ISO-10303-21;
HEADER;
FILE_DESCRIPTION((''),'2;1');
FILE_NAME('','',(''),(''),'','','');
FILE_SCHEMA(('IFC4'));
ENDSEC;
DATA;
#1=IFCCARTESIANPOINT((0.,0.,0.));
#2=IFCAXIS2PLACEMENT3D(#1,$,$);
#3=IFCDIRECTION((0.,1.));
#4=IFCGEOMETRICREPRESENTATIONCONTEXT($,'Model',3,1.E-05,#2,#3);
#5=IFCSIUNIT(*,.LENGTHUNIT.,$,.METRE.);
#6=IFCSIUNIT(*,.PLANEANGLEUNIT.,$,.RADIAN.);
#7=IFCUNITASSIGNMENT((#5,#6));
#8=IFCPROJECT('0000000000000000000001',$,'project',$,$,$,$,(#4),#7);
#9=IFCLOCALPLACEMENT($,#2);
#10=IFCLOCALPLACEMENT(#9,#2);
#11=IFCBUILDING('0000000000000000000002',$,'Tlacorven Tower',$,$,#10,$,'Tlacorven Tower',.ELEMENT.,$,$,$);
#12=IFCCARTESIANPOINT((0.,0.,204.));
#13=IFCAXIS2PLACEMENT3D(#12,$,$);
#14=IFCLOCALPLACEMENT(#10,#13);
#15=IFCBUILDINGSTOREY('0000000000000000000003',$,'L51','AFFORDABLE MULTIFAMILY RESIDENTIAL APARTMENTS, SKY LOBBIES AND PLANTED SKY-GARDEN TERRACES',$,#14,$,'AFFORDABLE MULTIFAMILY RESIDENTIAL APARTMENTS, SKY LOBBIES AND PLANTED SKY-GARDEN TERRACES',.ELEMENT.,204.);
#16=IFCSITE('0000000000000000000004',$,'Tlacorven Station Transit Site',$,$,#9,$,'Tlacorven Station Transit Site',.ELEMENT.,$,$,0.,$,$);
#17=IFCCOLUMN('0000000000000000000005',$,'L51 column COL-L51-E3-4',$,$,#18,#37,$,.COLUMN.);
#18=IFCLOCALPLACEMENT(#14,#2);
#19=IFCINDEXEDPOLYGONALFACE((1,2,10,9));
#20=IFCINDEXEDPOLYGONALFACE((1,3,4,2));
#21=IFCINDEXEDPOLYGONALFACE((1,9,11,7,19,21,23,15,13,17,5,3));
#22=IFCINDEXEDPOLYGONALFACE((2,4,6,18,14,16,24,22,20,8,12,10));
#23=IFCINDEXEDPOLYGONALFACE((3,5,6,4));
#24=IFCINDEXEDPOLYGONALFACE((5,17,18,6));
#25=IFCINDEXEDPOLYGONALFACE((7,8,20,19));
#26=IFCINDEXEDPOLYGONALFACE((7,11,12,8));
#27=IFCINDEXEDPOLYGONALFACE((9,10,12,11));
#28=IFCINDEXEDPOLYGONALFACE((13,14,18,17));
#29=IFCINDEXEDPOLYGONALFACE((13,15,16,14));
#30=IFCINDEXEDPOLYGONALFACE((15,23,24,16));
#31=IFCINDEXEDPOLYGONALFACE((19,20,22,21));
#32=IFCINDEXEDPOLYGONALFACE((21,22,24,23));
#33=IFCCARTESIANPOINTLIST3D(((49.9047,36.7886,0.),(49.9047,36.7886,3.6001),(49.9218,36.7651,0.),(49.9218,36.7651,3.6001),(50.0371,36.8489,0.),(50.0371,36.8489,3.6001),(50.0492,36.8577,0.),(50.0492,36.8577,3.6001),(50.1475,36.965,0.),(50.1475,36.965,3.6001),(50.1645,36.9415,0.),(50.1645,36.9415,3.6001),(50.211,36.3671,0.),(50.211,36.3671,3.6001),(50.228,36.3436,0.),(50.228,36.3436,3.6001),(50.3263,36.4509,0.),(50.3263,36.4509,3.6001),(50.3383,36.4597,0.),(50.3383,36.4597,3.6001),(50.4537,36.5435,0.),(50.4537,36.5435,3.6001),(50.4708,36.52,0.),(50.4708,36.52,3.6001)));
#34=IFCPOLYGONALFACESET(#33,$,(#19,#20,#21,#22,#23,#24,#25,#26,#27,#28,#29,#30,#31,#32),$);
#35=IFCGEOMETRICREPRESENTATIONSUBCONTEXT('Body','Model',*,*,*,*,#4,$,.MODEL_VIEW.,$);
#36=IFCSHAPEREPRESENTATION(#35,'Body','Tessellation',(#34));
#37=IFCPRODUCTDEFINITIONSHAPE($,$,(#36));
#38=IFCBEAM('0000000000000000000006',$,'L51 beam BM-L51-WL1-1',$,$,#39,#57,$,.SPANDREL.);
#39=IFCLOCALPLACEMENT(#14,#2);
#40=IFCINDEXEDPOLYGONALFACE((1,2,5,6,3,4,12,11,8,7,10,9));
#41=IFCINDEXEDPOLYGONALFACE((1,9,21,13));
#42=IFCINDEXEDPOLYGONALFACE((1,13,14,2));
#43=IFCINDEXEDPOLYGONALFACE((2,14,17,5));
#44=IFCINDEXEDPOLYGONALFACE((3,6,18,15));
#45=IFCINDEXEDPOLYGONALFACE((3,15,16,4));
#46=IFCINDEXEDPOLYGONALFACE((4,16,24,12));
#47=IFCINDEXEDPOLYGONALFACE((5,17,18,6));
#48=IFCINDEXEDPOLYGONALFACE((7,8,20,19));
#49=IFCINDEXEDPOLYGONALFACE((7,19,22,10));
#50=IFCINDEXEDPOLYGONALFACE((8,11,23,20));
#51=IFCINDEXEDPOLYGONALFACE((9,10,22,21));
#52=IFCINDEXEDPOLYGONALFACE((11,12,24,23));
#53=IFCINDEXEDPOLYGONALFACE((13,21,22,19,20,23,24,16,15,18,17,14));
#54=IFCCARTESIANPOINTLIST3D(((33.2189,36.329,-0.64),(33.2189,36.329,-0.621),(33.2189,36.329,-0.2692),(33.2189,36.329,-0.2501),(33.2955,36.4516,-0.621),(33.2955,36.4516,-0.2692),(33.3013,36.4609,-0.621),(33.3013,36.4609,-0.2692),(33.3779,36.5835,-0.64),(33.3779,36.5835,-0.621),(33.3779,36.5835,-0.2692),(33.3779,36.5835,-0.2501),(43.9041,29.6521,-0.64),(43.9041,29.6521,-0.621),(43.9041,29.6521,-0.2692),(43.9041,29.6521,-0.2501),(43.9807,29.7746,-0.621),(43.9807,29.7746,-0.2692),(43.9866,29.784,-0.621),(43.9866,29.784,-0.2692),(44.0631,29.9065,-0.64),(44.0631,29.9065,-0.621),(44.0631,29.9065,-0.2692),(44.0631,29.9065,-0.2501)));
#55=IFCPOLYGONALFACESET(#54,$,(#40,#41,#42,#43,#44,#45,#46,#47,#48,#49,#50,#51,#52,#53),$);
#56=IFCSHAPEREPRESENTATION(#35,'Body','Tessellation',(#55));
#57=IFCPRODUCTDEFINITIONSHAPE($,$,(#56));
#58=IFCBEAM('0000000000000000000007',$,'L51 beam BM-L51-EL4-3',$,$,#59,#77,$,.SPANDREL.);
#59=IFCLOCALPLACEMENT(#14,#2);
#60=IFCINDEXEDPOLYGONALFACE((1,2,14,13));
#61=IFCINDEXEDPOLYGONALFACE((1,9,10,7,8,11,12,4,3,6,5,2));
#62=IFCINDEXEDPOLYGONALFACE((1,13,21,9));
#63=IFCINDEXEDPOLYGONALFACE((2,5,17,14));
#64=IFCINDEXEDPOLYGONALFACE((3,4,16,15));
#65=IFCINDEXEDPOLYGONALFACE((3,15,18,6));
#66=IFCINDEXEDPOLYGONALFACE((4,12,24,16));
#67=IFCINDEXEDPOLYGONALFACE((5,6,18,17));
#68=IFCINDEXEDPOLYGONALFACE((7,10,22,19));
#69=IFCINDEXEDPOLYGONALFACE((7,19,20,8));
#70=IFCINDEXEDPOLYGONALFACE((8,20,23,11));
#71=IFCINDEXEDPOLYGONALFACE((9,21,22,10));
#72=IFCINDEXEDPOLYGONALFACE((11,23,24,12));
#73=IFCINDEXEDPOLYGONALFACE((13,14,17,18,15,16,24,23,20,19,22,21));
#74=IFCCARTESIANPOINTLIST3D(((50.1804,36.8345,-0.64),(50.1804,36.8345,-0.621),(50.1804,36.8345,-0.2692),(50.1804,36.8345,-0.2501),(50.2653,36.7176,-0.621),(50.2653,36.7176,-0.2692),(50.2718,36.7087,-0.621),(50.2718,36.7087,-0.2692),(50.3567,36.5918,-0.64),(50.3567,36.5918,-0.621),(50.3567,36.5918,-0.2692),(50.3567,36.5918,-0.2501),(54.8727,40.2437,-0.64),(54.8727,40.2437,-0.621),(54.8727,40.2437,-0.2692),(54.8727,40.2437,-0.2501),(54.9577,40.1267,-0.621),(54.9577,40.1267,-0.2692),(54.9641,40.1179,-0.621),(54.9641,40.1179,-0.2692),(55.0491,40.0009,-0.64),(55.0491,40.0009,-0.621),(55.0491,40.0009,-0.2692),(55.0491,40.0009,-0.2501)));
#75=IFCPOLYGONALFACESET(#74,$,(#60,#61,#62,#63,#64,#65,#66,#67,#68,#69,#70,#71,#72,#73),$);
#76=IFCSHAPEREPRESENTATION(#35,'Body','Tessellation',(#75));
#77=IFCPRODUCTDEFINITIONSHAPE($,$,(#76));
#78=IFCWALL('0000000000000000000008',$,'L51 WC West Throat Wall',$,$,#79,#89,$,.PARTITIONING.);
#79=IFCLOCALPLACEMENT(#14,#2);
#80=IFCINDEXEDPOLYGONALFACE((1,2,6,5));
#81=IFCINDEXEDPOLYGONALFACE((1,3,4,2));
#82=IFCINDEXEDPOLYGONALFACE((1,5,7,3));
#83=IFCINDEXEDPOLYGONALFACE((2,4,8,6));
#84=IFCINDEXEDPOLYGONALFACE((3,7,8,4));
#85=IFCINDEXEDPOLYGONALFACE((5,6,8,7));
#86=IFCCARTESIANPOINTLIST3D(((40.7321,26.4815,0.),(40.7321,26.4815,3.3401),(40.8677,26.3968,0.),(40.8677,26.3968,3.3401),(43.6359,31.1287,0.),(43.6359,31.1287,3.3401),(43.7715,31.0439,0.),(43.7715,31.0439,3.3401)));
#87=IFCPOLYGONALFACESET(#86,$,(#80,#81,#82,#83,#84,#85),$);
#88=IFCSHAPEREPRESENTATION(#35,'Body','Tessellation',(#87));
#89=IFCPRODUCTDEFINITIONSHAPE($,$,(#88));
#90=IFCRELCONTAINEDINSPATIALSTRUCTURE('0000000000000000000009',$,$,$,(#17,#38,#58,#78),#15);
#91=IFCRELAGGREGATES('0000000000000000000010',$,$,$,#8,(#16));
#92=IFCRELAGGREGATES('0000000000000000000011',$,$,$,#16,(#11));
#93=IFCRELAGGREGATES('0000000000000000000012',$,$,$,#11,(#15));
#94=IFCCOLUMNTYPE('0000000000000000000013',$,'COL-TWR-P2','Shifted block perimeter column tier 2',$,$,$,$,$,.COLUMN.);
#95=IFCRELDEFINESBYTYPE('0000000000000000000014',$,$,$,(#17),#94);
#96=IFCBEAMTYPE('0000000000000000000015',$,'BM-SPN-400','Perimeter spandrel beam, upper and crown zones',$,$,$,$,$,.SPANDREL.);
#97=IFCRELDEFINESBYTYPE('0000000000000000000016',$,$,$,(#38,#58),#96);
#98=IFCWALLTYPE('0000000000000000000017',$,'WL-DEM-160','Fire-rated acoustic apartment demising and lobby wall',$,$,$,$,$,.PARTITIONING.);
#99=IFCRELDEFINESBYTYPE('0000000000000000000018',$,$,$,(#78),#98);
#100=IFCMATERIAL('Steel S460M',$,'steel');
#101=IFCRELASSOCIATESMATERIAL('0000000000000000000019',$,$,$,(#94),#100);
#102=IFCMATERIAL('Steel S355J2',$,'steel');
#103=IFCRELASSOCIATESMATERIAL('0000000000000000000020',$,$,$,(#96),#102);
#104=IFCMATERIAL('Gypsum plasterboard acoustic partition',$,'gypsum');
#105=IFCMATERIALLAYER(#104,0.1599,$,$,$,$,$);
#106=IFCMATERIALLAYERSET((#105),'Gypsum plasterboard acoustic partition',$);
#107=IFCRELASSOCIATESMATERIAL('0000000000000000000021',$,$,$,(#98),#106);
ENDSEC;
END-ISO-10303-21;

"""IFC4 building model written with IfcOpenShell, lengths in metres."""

from ifc_helpers import new_model, si_unit, direction, frame, frame_2d, origin, origin_2d, place, context, subcontext, project, spatial, rectangle, i_section, extrude, source, transform, mapped, material, layer, layer_set, material_profile, profile_set, type_object, element, save


model = new_model("IFC4")

# Units and contexts
model_context = context("Model", 3, precision=1e-05, world=origin(), true_north=direction((0.0, 1.0)))
body_context = subcontext(model_context, "Body", "Model", "MODEL_VIEW")
ifc_project = project(units=[si_unit("LENGTHUNIT", "METRE"), si_unit("PLANEANGLEUNIT", "RADIAN")], contexts=[model_context])

# Site, building, storey
site_placement = place(None, origin())
site = spatial("IfcSite", under=ifc_project, at=site_placement, Name="Tlacorven Station Transit Site", LongName="Tlacorven Station Transit Site", CompositionType="ELEMENT", RefElevation=0.0)
building_placement = place(site_placement, origin())
building = spatial("IfcBuilding", under=site, at=building_placement, Name="Tlacorven Tower", LongName="Tlacorven Tower", CompositionType="ELEMENT")
storey_placement = place(building_placement, frame((0.0, 0.0, 204.0)))
storey = spatial("IfcBuildingStorey", under=building, at=storey_placement, Name="L51", Description="AFFORDABLE MULTIFAMILY RESIDENTIAL APARTMENTS, SKY LOBBIES AND PLANTED SKY-GARDEN TERRACES", LongName="AFFORDABLE MULTIFAMILY RESIDENTIAL APARTMENTS, SKY LOBBIES AND PLANTED SKY-GARDEN TERRACES", CompositionType="ELEMENT", Elevation=204.0)

# Column
ifc_material_1 = material(Name="Steel S460M", Category="steel")
ifc_material_profile_1 = material_profile(ifc_material_1, i_section(OverallWidth=0.3, OverallDepth=0.55, WebThickness=0.0149, FlangeThickness=0.0291, at=origin_2d()), Name="HEB 550")
ifc_profile_set_1 = profile_set([ifc_material_profile_1], Name="Steel S460M")
column_type = type_object("IfcColumnType", Name="COL-TWR-P2", Description="Shifted block perimeter column tier 2", PredefinedType="COLUMN", material=ifc_profile_set_1)
shared_shape_1 = source(origin(), body_context, "Body", "SweptSolid", [
    extrude(i_section(OverallWidth=0.3, OverallDepth=0.55, WebThickness=0.0149, FlangeThickness=0.0291, at=origin_2d()), origin(), (0.0, 0.0, 1.0), 3.6001),
])
column_placement = place(storey_placement, frame((50.1877, 36.6543, 0.0), z_axis=(0.0, 0.0, 1.0), x_axis=(0.809017, 0.587785, 0.0)))
element("IfcColumn", 1, at=column_placement, inside=storey, type_object=column_type, Name="L51 column COL-L51-E3-4", PredefinedType="COLUMN", context=body_context, shape_type="MappedRepresentation", body=[
    mapped(shared_shape_1, transform((0.0, 0.0, 0.0), scale=1.0)),
])

# Beams
ifc_material_2 = material(Name="Steel S355J2", Category="steel")
ifc_material_profile_2 = material_profile(ifc_material_2, i_section(OverallWidth=0.3, OverallDepth=0.3899, WebThickness=0.011, FlangeThickness=0.019, at=origin_2d()), Name="HEA 400")
ifc_profile_set_2 = profile_set([ifc_material_profile_2], Name="Steel S355J2")
beam_type = type_object("IfcBeamType", Name="BM-SPN-400", Description="Perimeter spandrel beam, upper and crown zones", PredefinedType="SPANDREL", material=ifc_profile_set_2)
shared_shape_2 = source(origin(), body_context, "Body", "SweptSolid", [
    extrude(i_section(OverallWidth=0.3, OverallDepth=0.3899, WebThickness=0.011, FlangeThickness=0.019, at=origin_2d()), origin(), (0.0, 0.0, 1.0), 12.5999),
])
beam_1_placement = place(storey_placement, frame((43.9836, 29.7793, -0.4451), z_axis=(-0.848045, 0.529924, 0.0), x_axis=(-0.529924, -0.848045, 0.0)))
element("IfcBeam", 2, at=beam_1_placement, inside=storey, type_object=beam_type, Name="L51 beam BM-L51-WL1-1", PredefinedType="SPANDREL", context=body_context, shape_type="MappedRepresentation", body=[
    mapped(shared_shape_2, transform((0.0, 0.0, 0.0), scale=1.0)),
])
shared_shape_3 = source(origin(), body_context, "Body", "SweptSolid", [
    extrude(i_section(OverallWidth=0.3, OverallDepth=0.3899, WebThickness=0.011, FlangeThickness=0.019, at=origin_2d()), origin(), (0.0, 0.0, 1.0), 5.8),
])
beam_2_placement = place(storey_placement, frame((50.2686, 36.7131, -0.4451), z_axis=(0.80902, 0.587781, 0.0), x_axis=(-0.587781, 0.80902, 0.0)))
element("IfcBeam", 3, at=beam_2_placement, inside=storey, type_object=beam_type, Name="L51 beam BM-L51-EL4-3", PredefinedType="SPANDREL", context=body_context, shape_type="MappedRepresentation", body=[
    mapped(shared_shape_3, transform((0.0, 0.0, 0.0), scale=1.0)),
])

# Wall
ifc_material_3 = material(Name="Gypsum plasterboard acoustic partition", Category="gypsum")
ifc_layer_1 = layer(ifc_material_3, 0.1599)
ifc_layer_set_1 = layer_set([ifc_layer_1], Name="Gypsum plasterboard acoustic partition")
wall_type_1 = type_object("IfcWallType", Name="WL-DEM-160", Description="Fire-rated acoustic apartment demising and lobby wall", PredefinedType="PARTITIONING", material=ifc_layer_set_1)
wall_1_placement = place(storey_placement, frame((43.7036, 31.0862, 0.0), z_axis=(0.0, 0.0, 1.0), x_axis=(-0.529907, -0.848056, 0.0)))
element("IfcWall", 4, at=wall_1_placement, inside=storey, type_object=wall_type_1, Name="L51 WC West Throat Wall", PredefinedType="PARTITIONING", context=body_context, shape_type="SweptSolid", body=[
    extrude(rectangle(XDim=5.4797, YDim=0.1599, at=frame_2d((2.7397, 0.0))), origin(), (0.0, 0.0, 1.0), 3.3401),
])

save(model, "model.ifc")
